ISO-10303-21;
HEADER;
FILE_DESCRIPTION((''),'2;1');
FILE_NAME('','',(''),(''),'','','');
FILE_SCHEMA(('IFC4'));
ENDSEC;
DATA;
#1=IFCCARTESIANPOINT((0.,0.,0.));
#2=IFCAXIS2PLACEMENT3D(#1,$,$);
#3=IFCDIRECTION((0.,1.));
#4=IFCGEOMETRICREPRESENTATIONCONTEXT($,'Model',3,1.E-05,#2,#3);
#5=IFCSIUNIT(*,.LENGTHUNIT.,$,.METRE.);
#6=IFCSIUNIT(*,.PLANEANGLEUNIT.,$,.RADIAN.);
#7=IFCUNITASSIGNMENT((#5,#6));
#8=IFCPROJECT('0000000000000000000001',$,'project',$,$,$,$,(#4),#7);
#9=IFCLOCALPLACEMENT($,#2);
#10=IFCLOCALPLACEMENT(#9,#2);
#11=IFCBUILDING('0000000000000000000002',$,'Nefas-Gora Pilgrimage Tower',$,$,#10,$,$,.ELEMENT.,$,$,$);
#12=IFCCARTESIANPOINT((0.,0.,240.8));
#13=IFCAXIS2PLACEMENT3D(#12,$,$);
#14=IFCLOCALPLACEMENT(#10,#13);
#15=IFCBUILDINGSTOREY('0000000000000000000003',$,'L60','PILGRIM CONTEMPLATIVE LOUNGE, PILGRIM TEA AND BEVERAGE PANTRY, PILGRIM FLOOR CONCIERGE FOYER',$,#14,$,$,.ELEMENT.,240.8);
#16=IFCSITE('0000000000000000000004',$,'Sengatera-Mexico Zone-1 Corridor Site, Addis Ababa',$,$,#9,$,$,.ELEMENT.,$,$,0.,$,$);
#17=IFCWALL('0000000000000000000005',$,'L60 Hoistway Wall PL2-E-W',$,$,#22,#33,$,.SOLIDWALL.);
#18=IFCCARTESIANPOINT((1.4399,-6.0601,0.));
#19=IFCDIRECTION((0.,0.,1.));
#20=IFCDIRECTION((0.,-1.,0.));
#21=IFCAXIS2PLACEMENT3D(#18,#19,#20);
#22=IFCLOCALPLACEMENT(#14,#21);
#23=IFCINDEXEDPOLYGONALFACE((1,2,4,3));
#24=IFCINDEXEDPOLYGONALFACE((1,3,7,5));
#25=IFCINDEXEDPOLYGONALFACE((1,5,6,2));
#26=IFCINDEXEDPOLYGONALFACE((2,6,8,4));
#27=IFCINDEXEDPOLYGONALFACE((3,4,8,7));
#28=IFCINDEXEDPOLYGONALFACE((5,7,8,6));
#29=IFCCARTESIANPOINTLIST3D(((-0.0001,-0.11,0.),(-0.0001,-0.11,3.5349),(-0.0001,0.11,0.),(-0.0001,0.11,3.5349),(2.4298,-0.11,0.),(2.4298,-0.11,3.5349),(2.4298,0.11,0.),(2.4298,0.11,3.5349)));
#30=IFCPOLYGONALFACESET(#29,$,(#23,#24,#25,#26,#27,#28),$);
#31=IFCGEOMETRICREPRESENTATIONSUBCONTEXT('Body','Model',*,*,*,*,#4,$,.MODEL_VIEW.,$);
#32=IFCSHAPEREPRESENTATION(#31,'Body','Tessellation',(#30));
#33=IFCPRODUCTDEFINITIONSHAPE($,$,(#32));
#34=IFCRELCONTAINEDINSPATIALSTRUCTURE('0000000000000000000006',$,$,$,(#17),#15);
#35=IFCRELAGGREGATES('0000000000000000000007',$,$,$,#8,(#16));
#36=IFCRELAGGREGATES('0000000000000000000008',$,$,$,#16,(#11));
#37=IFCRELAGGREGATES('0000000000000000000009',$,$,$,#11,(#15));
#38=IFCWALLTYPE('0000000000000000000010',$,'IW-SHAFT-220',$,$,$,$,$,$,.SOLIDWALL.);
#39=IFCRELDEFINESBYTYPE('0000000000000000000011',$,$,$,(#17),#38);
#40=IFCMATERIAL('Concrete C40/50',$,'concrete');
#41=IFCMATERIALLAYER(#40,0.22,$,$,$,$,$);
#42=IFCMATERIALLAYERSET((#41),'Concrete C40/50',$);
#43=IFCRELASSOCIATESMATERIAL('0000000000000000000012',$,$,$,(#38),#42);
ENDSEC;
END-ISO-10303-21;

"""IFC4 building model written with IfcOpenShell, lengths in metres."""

from ifc_helpers import new_model, si_unit, direction, frame, frame_2d, origin, place, context, subcontext, project, spatial, rectangle, extrude, source, transform, mapped, material, layer, layer_set, type_object, element, save


model = new_model("IFC4")

# Units and contexts
model_context = context("Model", 3, precision=1e-05, world=origin(), true_north=direction((0.0, 1.0)))
body_context = subcontext(model_context, "Body", "Model", "MODEL_VIEW")
ifc_project = project(units=[si_unit("LENGTHUNIT", "METRE"), si_unit("PLANEANGLEUNIT", "RADIAN")], contexts=[model_context])

# Site, building, storey
site_placement = place(None, origin())
site = spatial("IfcSite", under=ifc_project, at=site_placement, Name="Sengatera-Mexico Zone-1 Corridor Site, Addis Ababa", CompositionType="ELEMENT", RefElevation=0.0)
building_placement = place(site_placement, origin())
building = spatial("IfcBuilding", under=site, at=building_placement, Name="Nefas-Gora Pilgrimage Tower", CompositionType="ELEMENT")
storey_placement = place(building_placement, frame((0.0, 0.0, 240.8)))
storey = spatial("IfcBuildingStorey", under=building, at=storey_placement, Name="L60", Description="PILGRIM CONTEMPLATIVE LOUNGE, PILGRIM TEA AND BEVERAGE PANTRY, PILGRIM FLOOR CONCIERGE FOYER", CompositionType="ELEMENT", Elevation=240.8)

# Shared definitions
ifc_material_1 = material(Name="Concrete C40/50", Category="concrete")

# Shared definitions
ifc_layer_1 = layer(ifc_material_1, 0.22)
ifc_layer_set_1 = layer_set([ifc_layer_1], Name="Concrete C40/50")
wall_type_1 = type_object("IfcWallType", Name="IW-SHAFT-220", PredefinedType="SOLIDWALL", material=ifc_layer_set_1)

# Wall
shared_shape_1 = source(origin(), body_context, "Body", "SweptSolid", [
    extrude(rectangle(XDim=2.4299, YDim=0.22, at=frame_2d((1.2148, 0.0))), origin(), (0.0, 0.0, 1.0), 3.5349),
])
for number, where, z_axis, x_axis, name in (
    (1, (1.4399, -6.0601, 0.0), (0.0, 0.0, 1.0), (0.0, -1.0, 0.0), "L60 Hoistway Wall PL2-E-W"),
):
    element("IfcWall", number, at=place(storey_placement, frame(where, z_axis=z_axis, x_axis=x_axis)), inside=storey, type_object=wall_type_1, Name=name, PredefinedType="SOLIDWALL", context=body_context, shape_type="MappedRepresentation", body=[
        mapped(shared_shape_1, transform((0.0, 0.0, 0.0), x_axis=(1.0, 0.0, 0.0), y_axis=(0.0, 1.0, 0.0), z_axis=(0.0, 0.0, 1.0), scale=1.0)),
    ])

save(model, "model.ifc")
